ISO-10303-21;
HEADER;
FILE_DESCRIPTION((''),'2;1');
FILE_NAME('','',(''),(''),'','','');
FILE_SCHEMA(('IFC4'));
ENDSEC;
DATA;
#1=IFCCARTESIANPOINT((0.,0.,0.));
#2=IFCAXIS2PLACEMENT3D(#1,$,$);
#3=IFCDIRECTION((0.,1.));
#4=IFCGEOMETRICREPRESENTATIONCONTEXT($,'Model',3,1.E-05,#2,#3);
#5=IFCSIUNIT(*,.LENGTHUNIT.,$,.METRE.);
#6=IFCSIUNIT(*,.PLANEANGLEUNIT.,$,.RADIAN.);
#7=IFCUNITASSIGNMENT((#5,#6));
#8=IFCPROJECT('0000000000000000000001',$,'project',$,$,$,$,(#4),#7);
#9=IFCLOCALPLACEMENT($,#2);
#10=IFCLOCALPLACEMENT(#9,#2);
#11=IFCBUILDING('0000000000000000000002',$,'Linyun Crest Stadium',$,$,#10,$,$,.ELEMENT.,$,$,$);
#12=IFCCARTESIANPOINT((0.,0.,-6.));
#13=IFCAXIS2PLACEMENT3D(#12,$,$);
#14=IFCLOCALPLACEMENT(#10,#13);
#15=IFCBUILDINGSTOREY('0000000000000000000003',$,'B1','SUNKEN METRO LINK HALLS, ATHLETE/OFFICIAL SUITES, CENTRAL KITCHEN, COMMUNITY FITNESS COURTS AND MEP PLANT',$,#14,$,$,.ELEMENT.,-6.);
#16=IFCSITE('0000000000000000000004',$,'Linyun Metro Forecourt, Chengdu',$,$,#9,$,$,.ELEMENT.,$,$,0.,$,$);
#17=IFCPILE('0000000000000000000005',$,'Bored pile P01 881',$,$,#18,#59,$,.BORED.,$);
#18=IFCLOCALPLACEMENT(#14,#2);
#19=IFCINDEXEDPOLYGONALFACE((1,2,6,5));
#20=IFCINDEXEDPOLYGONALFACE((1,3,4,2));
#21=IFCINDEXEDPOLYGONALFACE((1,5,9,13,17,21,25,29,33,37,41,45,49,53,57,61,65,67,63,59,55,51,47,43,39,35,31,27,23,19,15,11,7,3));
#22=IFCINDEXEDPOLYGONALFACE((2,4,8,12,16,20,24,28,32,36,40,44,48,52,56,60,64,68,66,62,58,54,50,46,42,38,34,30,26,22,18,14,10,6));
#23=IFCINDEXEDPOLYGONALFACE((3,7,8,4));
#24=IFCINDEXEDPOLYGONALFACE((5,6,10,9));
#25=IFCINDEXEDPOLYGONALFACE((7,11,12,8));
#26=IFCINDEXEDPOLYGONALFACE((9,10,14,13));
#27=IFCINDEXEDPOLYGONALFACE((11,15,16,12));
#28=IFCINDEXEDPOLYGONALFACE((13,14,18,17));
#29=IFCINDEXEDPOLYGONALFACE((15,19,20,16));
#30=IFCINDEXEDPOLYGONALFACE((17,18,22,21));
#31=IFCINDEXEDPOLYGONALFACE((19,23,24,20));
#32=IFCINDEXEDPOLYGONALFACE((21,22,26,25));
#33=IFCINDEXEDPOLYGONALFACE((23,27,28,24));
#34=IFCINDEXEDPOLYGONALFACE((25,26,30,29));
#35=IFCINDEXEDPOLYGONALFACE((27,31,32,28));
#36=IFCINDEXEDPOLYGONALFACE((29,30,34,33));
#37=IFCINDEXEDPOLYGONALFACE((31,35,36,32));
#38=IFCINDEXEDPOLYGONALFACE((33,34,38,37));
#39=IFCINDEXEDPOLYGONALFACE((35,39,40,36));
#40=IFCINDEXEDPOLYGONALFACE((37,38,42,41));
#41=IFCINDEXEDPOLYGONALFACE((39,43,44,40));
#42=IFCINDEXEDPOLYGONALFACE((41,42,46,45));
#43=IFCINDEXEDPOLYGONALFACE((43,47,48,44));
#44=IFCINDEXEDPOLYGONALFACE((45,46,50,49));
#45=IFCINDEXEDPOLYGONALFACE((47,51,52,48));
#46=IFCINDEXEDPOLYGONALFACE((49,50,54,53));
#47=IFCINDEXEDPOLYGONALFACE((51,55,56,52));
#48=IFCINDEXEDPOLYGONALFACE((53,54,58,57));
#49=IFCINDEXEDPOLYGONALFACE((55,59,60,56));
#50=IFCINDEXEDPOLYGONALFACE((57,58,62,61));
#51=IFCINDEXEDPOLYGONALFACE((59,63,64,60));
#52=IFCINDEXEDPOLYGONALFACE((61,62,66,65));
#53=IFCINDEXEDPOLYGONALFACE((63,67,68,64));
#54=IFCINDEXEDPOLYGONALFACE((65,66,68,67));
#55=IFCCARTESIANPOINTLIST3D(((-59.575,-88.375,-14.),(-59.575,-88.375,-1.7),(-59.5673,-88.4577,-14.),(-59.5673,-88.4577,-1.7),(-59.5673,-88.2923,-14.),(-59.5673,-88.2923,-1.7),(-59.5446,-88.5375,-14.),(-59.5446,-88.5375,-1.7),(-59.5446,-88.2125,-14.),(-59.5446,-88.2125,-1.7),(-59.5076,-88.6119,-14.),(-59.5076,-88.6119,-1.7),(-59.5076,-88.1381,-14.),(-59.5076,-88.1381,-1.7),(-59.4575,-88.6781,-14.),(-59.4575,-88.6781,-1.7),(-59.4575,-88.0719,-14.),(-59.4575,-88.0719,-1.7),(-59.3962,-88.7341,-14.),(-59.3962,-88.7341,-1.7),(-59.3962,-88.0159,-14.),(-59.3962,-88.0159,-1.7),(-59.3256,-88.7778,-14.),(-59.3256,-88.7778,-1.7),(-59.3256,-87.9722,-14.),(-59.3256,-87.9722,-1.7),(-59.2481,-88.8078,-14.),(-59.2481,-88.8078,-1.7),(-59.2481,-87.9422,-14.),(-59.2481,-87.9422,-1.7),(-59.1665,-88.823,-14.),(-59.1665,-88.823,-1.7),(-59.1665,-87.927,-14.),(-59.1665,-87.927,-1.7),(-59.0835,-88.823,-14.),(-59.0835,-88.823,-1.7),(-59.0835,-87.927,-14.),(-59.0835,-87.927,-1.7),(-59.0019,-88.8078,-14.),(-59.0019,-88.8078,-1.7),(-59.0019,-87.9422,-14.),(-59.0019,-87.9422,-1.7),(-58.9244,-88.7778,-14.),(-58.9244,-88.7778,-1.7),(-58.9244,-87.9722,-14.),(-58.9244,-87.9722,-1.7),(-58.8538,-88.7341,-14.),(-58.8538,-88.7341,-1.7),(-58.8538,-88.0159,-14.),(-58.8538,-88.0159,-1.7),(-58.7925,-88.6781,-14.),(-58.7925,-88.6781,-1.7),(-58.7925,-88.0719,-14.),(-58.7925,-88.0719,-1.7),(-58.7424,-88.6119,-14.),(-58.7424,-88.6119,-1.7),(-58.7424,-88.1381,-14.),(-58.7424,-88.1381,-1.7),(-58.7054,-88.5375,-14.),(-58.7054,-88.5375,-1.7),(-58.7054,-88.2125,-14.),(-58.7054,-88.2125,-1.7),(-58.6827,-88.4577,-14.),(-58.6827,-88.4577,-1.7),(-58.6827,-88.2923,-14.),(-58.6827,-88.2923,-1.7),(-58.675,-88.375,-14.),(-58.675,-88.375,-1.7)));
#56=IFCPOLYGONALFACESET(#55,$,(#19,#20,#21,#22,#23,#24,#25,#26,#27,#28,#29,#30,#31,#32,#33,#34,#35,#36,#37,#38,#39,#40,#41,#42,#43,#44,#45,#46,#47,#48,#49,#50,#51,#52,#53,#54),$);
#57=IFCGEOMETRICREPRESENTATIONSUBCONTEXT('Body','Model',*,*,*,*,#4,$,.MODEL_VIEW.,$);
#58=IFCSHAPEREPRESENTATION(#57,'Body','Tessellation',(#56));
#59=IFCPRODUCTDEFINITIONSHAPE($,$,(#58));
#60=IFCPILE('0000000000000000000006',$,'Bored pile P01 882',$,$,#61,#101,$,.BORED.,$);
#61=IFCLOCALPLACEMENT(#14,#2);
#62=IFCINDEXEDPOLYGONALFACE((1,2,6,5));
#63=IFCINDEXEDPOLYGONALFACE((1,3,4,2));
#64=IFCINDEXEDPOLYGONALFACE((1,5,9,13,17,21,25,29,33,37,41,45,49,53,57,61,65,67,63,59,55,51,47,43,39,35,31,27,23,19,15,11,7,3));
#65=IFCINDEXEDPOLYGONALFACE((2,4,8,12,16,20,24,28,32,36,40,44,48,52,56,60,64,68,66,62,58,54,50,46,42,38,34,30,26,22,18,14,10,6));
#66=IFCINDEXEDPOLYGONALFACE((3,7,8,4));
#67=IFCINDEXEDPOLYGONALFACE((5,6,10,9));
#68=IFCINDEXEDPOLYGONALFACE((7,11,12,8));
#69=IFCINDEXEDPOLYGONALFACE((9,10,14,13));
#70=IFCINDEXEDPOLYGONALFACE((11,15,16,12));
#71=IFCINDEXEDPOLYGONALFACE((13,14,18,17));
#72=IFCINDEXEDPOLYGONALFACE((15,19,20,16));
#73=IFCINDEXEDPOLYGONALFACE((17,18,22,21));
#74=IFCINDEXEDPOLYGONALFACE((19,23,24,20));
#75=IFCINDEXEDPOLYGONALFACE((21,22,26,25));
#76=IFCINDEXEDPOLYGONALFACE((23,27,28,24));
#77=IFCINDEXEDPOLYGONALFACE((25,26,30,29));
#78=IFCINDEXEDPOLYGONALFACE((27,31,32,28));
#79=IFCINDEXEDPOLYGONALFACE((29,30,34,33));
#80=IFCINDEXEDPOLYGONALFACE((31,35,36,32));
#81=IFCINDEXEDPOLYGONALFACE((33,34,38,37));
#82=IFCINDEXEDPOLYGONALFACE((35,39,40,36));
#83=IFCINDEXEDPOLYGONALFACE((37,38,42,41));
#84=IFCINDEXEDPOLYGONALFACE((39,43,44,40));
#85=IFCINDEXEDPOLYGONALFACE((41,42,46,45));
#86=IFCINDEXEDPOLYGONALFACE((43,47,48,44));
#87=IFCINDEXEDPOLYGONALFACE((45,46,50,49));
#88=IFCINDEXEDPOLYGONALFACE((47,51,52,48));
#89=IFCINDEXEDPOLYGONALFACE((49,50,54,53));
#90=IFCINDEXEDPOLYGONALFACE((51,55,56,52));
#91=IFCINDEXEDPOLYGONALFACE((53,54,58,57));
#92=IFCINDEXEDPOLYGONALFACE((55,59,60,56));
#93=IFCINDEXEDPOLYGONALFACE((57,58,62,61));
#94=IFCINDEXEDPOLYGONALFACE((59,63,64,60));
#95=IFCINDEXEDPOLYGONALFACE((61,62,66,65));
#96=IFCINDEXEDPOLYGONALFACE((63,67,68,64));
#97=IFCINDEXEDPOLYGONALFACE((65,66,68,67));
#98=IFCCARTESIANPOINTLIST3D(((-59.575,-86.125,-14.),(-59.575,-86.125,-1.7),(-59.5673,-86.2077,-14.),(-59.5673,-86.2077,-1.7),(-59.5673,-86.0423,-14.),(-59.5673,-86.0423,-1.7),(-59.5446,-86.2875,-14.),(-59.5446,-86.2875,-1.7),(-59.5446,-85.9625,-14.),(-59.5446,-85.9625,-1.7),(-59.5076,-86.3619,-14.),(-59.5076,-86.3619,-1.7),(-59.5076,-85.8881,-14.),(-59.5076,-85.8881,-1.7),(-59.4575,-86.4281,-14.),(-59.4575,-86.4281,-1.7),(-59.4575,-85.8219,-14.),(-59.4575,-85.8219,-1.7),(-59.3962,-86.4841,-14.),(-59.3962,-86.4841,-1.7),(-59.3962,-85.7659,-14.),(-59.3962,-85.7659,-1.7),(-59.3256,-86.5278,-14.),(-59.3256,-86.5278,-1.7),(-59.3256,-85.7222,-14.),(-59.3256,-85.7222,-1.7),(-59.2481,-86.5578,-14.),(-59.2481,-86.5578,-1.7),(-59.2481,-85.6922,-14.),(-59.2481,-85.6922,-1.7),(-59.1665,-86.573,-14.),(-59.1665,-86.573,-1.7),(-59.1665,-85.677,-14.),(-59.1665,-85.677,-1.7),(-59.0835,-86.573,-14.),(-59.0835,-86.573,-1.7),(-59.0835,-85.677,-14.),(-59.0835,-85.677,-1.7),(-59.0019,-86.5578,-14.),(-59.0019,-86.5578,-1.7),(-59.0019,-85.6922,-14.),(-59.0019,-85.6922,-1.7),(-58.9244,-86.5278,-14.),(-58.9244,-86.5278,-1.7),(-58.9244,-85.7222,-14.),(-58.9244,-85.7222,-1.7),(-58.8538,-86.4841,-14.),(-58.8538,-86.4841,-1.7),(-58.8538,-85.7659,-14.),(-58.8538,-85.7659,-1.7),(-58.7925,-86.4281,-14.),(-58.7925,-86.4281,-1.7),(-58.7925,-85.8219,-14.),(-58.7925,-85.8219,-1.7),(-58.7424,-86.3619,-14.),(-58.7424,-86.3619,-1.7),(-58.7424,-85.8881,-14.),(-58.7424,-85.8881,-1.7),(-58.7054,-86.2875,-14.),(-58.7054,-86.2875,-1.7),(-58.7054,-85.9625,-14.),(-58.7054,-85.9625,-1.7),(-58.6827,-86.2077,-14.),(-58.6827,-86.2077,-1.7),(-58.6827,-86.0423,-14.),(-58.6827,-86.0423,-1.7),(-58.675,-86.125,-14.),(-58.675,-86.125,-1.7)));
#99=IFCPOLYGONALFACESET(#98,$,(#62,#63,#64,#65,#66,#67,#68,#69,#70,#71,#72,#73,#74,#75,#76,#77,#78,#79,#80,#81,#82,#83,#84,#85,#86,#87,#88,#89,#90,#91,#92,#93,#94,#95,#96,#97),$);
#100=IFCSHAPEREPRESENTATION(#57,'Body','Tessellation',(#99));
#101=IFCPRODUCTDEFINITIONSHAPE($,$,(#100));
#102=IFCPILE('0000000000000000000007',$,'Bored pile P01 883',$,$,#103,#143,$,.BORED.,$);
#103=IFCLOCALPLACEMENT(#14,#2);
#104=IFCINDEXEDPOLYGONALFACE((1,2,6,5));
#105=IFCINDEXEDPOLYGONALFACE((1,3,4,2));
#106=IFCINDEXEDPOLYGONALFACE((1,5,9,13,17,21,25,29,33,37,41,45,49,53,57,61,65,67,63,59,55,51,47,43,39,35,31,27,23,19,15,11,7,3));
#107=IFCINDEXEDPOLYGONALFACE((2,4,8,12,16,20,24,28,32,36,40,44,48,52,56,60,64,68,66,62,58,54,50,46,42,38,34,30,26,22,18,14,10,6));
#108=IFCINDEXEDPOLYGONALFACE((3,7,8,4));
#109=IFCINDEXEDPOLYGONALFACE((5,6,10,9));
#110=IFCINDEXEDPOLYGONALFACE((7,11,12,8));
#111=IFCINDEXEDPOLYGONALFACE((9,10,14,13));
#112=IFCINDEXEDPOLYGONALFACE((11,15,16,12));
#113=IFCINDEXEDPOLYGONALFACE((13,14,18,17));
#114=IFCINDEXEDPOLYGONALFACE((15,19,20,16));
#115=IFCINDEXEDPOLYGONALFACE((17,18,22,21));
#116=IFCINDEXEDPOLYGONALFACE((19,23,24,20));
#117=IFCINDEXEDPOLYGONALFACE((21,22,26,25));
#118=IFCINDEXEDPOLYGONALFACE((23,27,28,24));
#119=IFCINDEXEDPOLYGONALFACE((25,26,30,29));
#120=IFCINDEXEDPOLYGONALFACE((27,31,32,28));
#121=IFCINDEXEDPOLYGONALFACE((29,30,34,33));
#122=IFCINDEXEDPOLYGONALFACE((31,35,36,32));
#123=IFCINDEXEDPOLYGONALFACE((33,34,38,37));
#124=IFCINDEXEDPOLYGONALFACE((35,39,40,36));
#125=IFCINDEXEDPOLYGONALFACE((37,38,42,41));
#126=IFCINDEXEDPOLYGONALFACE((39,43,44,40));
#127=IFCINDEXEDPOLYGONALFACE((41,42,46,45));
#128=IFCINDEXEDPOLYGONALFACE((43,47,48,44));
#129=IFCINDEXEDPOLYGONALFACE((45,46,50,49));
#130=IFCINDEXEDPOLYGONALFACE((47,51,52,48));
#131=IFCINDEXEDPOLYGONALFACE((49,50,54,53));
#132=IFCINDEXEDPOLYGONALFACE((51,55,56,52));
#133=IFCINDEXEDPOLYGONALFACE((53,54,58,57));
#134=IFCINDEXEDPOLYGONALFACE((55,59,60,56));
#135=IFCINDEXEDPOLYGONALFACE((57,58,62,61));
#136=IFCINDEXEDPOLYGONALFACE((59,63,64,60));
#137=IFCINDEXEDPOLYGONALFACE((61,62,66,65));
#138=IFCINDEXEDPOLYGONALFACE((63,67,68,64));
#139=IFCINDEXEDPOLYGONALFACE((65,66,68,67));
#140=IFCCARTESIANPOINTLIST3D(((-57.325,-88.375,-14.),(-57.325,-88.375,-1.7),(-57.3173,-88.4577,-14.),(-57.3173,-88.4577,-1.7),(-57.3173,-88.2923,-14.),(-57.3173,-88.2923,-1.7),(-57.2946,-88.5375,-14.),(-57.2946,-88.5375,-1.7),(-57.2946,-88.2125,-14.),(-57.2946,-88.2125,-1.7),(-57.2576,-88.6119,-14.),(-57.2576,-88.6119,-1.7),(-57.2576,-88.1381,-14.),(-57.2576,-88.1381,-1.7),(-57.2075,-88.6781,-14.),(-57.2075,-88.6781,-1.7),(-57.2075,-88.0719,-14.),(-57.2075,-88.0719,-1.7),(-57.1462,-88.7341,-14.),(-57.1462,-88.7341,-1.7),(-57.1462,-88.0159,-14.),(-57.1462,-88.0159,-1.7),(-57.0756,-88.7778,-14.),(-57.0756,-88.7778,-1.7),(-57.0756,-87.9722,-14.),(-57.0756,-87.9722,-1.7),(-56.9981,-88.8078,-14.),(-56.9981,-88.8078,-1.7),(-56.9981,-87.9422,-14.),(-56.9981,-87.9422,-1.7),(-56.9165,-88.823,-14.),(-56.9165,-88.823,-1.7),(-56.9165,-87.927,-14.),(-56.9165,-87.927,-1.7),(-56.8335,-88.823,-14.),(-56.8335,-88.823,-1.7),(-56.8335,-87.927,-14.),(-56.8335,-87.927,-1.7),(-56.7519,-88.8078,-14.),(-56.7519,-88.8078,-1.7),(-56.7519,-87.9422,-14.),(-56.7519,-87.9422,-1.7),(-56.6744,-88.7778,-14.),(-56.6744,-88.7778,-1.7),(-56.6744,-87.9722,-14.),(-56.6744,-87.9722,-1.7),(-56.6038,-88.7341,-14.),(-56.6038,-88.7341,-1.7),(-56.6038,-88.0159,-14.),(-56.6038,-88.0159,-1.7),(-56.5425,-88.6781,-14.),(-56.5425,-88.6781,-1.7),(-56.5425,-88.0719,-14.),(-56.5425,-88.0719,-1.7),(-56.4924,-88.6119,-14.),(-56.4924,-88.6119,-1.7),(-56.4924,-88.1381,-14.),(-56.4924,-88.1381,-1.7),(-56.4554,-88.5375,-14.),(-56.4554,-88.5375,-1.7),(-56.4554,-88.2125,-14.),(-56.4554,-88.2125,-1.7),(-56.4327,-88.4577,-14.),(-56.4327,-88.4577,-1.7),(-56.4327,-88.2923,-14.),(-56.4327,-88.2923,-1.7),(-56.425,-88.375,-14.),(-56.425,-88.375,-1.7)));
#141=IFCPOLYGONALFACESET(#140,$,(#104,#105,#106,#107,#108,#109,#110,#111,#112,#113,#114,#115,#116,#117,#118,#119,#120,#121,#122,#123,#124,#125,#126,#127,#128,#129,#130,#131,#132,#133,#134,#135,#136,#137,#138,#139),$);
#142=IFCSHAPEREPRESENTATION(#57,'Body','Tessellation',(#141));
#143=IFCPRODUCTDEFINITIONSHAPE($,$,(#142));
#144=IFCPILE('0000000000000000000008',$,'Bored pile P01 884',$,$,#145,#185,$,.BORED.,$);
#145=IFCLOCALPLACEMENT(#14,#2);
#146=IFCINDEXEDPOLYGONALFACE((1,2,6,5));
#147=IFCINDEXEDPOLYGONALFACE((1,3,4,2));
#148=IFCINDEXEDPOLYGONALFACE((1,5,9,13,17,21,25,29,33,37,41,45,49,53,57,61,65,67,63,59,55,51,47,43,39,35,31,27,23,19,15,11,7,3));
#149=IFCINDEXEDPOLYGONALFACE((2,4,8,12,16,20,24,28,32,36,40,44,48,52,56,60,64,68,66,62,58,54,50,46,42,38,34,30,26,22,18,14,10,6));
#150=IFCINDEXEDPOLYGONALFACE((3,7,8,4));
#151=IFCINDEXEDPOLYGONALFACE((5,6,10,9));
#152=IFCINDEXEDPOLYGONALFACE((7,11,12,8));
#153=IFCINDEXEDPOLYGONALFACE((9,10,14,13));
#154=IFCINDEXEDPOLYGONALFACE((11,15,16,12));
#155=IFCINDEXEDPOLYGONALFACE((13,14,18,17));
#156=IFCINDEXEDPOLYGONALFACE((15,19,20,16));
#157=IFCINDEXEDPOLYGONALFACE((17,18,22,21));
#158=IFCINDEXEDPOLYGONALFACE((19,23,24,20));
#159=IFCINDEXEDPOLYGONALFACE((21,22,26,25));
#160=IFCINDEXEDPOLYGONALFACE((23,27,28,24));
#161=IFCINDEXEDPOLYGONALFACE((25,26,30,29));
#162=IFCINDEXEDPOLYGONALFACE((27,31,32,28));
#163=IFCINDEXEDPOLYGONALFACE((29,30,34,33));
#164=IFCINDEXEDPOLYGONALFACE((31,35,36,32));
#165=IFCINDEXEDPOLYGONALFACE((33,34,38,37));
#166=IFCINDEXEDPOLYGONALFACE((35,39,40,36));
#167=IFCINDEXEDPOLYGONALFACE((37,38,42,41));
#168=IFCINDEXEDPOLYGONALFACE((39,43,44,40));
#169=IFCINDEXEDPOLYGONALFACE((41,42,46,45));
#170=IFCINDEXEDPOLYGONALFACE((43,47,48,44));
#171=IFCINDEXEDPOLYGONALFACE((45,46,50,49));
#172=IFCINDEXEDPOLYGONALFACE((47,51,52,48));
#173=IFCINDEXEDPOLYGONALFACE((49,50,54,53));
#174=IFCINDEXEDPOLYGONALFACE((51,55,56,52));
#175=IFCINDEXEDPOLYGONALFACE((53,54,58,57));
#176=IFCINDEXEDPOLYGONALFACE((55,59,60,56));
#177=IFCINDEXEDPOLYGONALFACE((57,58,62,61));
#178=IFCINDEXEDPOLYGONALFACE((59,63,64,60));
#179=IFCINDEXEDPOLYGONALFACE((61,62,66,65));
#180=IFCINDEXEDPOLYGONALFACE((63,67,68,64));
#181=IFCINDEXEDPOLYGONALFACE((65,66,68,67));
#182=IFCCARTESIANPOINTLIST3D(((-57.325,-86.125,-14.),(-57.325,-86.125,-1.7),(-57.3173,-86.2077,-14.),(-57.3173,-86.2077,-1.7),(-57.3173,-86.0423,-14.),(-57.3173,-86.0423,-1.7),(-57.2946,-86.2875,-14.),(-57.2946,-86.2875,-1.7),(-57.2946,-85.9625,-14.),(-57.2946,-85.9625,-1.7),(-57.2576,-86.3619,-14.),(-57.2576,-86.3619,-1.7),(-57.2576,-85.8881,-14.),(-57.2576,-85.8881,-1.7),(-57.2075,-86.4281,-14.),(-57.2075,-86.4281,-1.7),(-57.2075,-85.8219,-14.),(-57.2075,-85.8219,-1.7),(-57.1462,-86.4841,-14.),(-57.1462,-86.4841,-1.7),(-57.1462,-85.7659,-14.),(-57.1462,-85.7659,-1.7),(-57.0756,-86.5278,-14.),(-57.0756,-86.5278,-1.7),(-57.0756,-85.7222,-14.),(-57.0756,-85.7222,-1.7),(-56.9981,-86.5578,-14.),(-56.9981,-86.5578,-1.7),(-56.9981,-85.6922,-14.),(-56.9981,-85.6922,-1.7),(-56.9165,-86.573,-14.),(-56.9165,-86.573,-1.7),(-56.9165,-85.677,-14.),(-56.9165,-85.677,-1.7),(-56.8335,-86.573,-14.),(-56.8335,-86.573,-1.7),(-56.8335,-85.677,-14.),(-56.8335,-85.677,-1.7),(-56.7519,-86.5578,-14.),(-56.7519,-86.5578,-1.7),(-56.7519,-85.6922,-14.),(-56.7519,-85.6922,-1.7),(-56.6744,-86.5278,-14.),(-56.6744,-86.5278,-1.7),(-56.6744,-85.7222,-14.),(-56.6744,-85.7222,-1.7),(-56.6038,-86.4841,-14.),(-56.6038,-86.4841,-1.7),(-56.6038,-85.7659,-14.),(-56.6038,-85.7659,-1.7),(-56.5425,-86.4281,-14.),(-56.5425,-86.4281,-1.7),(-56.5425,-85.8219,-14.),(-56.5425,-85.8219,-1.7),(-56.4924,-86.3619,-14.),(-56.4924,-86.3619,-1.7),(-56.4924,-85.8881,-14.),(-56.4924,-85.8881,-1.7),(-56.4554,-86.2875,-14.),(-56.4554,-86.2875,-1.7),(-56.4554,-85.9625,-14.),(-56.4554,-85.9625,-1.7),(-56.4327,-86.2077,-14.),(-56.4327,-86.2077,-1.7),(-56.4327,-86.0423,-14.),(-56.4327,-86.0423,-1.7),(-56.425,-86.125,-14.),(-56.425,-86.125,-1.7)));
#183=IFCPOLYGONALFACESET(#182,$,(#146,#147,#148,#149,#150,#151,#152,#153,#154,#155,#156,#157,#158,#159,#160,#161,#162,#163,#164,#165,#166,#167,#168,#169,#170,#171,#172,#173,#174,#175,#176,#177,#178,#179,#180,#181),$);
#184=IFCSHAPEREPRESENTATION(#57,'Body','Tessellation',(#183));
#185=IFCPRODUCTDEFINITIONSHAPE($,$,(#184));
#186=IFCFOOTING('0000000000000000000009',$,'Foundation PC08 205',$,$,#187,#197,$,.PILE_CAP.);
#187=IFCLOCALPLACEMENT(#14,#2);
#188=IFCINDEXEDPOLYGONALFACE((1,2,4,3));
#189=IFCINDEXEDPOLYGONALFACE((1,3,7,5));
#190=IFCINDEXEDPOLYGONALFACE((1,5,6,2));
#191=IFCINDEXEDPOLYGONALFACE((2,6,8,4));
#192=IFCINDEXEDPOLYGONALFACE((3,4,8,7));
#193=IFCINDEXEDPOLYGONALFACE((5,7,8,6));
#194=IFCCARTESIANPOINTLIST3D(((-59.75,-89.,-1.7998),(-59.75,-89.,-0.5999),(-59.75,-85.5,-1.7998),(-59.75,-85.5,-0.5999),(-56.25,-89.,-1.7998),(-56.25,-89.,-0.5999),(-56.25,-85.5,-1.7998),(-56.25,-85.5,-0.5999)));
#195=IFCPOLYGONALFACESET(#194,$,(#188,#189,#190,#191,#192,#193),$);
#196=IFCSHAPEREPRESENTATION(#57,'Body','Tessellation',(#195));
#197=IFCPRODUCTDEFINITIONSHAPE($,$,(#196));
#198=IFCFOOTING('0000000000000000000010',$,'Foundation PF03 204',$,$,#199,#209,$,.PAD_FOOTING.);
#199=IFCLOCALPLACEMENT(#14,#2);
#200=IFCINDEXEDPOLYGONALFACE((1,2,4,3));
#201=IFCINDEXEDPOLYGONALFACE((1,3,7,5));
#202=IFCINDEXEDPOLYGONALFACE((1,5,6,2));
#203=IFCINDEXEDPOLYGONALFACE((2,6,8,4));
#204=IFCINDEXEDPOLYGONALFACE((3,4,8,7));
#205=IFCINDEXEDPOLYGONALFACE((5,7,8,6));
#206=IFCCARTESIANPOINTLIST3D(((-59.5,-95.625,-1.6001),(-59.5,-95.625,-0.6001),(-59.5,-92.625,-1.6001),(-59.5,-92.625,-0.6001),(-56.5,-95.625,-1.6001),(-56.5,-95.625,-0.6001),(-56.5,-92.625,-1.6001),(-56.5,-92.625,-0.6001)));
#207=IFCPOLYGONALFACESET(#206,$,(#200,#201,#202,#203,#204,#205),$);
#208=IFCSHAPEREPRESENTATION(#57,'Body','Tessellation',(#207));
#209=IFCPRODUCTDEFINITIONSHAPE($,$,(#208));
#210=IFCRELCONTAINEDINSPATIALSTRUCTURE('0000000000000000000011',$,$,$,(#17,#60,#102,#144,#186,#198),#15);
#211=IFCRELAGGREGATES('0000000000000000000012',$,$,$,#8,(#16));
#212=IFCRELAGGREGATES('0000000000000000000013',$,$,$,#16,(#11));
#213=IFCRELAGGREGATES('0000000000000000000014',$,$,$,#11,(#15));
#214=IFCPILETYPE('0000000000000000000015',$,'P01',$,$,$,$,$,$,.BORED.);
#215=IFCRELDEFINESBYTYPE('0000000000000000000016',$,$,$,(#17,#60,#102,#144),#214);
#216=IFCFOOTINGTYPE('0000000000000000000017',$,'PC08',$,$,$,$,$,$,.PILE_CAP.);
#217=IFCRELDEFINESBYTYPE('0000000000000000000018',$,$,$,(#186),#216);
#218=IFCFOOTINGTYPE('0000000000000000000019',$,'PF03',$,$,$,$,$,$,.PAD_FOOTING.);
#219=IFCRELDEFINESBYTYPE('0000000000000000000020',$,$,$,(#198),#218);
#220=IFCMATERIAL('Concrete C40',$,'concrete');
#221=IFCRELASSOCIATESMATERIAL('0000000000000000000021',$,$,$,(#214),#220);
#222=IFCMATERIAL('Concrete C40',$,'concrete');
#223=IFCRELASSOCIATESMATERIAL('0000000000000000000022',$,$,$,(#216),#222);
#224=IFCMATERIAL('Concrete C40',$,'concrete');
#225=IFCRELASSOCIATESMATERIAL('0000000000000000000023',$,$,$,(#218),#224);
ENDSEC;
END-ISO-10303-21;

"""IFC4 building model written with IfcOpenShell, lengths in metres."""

from ifc_helpers import new_model, si_unit, direction, frame, origin, origin_2d, place, context, subcontext, project, spatial, rectangle, circle, extrude, material, material_profile, profile_set, type_object, element, save


model = new_model("IFC4")

# Units and contexts
model_context = context("Model", 3, precision=1e-05, world=origin(), true_north=direction((0.0, 1.0)))
body_context = subcontext(model_context, "Body", "Model", "MODEL_VIEW")
ifc_project = project(units=[si_unit("LENGTHUNIT", "METRE"), si_unit("PLANEANGLEUNIT", "RADIAN")], contexts=[model_context])

# Site, building, storey
site_placement = place(None, origin())
site = spatial("IfcSite", under=ifc_project, at=site_placement, Name="Linyun Metro Forecourt, Chengdu", CompositionType="ELEMENT", RefElevation=0.0)
building_placement = place(site_placement, origin())
building = spatial("IfcBuilding", under=site, at=building_placement, Name="Linyun Crest Stadium", CompositionType="ELEMENT")
storey_placement = place(building_placement, frame((0.0, 0.0, -6.0)))
storey = spatial("IfcBuildingStorey", under=building, at=storey_placement, Name="B1", Description="SUNKEN METRO LINK HALLS, ATHLETE/OFFICIAL SUITES, CENTRAL KITCHEN, COMMUNITY FITNESS COURTS AND MEP PLANT", CompositionType="ELEMENT", Elevation=-6.0)

# Piles
ifc_material_1 = material(Name="Concrete C40", Category="concrete")
ifc_material_profile_1 = material_profile(ifc_material_1, circle(Radius=0.45, at=origin_2d()), Name="BORED PILE 900")
ifc_profile_set_1 = profile_set([ifc_material_profile_1], Name="Concrete C40")
pile_type = type_object("IfcPileType", Name="P01", PredefinedType="BORED", material=ifc_profile_set_1)
for number, where, z_axis, x_axis, name in (
    (1, (-59.125, -88.375, -1.7), (0.0, 0.0, -1.0), (1.0, 0.0, 0.0), "Bored pile P01 881"),
    (2, (-59.125, -86.125, -1.7), (0.0, 0.0, -1.0), (1.0, 0.0, 0.0), "Bored pile P01 882"),
    (3, (-56.875, -88.375, -1.7), (0.0, 0.0, -1.0), (1.0, 0.0, 0.0), "Bored pile P01 883"),
    (4, (-56.875, -86.125, -1.7), (0.0, 0.0, -1.0), (1.0, 0.0, 0.0), "Bored pile P01 884"),
):
    element("IfcPile", number, at=place(storey_placement, frame(where, z_axis=z_axis, x_axis=x_axis)), inside=storey, type_object=pile_type, Name=name, PredefinedType="BORED", context=body_context, shape_type="SweptSolid", body=[
        extrude(circle(Radius=0.45, at=origin_2d()), origin(), (0.0, 0.0, 1.0), 12.3),
    ])

# Footings
ifc_material_2 = material(Name="Concrete C40", Category="concrete")
footing_type_1 = type_object("IfcFootingType", Name="PC08", PredefinedType="PILE_CAP", material=ifc_material_2)
footing_1_placement = place(storey_placement, frame((-58.0, -87.25, -1.7998), z_axis=(0.0, 0.0, 1.0), x_axis=(1.0, 0.0, 0.0)))
element("IfcFooting", 5, at=footing_1_placement, inside=storey, type_object=footing_type_1, Name="Foundation PC08 205", PredefinedType="PILE_CAP", context=body_context, shape_type="SweptSolid", body=[
    extrude(rectangle(XDim=3.5, YDim=3.5, at=origin_2d()), origin(), (0.0, 0.0, 1.0), 1.2),
])
ifc_material_3 = material(Name="Concrete C40", Category="concrete")
footing_type_2 = type_object("IfcFootingType", Name="PF03", PredefinedType="PAD_FOOTING", material=ifc_material_3)
footing_2_placement = place(storey_placement, frame((-58.0, -94.125, -1.6001), z_axis=(0.0, 0.0, 1.0), x_axis=(1.0, 0.0, 0.0)))
element("IfcFooting", 6, at=footing_2_placement, inside=storey, type_object=footing_type_2, Name="Foundation PF03 204", PredefinedType="PAD_FOOTING", context=body_context, shape_type="SweptSolid", body=[
    extrude(rectangle(XDim=3.0, YDim=3.0, at=origin_2d()), origin(), (0.0, 0.0, 1.0), 1.0),
])

save(model, "model.ifc")
